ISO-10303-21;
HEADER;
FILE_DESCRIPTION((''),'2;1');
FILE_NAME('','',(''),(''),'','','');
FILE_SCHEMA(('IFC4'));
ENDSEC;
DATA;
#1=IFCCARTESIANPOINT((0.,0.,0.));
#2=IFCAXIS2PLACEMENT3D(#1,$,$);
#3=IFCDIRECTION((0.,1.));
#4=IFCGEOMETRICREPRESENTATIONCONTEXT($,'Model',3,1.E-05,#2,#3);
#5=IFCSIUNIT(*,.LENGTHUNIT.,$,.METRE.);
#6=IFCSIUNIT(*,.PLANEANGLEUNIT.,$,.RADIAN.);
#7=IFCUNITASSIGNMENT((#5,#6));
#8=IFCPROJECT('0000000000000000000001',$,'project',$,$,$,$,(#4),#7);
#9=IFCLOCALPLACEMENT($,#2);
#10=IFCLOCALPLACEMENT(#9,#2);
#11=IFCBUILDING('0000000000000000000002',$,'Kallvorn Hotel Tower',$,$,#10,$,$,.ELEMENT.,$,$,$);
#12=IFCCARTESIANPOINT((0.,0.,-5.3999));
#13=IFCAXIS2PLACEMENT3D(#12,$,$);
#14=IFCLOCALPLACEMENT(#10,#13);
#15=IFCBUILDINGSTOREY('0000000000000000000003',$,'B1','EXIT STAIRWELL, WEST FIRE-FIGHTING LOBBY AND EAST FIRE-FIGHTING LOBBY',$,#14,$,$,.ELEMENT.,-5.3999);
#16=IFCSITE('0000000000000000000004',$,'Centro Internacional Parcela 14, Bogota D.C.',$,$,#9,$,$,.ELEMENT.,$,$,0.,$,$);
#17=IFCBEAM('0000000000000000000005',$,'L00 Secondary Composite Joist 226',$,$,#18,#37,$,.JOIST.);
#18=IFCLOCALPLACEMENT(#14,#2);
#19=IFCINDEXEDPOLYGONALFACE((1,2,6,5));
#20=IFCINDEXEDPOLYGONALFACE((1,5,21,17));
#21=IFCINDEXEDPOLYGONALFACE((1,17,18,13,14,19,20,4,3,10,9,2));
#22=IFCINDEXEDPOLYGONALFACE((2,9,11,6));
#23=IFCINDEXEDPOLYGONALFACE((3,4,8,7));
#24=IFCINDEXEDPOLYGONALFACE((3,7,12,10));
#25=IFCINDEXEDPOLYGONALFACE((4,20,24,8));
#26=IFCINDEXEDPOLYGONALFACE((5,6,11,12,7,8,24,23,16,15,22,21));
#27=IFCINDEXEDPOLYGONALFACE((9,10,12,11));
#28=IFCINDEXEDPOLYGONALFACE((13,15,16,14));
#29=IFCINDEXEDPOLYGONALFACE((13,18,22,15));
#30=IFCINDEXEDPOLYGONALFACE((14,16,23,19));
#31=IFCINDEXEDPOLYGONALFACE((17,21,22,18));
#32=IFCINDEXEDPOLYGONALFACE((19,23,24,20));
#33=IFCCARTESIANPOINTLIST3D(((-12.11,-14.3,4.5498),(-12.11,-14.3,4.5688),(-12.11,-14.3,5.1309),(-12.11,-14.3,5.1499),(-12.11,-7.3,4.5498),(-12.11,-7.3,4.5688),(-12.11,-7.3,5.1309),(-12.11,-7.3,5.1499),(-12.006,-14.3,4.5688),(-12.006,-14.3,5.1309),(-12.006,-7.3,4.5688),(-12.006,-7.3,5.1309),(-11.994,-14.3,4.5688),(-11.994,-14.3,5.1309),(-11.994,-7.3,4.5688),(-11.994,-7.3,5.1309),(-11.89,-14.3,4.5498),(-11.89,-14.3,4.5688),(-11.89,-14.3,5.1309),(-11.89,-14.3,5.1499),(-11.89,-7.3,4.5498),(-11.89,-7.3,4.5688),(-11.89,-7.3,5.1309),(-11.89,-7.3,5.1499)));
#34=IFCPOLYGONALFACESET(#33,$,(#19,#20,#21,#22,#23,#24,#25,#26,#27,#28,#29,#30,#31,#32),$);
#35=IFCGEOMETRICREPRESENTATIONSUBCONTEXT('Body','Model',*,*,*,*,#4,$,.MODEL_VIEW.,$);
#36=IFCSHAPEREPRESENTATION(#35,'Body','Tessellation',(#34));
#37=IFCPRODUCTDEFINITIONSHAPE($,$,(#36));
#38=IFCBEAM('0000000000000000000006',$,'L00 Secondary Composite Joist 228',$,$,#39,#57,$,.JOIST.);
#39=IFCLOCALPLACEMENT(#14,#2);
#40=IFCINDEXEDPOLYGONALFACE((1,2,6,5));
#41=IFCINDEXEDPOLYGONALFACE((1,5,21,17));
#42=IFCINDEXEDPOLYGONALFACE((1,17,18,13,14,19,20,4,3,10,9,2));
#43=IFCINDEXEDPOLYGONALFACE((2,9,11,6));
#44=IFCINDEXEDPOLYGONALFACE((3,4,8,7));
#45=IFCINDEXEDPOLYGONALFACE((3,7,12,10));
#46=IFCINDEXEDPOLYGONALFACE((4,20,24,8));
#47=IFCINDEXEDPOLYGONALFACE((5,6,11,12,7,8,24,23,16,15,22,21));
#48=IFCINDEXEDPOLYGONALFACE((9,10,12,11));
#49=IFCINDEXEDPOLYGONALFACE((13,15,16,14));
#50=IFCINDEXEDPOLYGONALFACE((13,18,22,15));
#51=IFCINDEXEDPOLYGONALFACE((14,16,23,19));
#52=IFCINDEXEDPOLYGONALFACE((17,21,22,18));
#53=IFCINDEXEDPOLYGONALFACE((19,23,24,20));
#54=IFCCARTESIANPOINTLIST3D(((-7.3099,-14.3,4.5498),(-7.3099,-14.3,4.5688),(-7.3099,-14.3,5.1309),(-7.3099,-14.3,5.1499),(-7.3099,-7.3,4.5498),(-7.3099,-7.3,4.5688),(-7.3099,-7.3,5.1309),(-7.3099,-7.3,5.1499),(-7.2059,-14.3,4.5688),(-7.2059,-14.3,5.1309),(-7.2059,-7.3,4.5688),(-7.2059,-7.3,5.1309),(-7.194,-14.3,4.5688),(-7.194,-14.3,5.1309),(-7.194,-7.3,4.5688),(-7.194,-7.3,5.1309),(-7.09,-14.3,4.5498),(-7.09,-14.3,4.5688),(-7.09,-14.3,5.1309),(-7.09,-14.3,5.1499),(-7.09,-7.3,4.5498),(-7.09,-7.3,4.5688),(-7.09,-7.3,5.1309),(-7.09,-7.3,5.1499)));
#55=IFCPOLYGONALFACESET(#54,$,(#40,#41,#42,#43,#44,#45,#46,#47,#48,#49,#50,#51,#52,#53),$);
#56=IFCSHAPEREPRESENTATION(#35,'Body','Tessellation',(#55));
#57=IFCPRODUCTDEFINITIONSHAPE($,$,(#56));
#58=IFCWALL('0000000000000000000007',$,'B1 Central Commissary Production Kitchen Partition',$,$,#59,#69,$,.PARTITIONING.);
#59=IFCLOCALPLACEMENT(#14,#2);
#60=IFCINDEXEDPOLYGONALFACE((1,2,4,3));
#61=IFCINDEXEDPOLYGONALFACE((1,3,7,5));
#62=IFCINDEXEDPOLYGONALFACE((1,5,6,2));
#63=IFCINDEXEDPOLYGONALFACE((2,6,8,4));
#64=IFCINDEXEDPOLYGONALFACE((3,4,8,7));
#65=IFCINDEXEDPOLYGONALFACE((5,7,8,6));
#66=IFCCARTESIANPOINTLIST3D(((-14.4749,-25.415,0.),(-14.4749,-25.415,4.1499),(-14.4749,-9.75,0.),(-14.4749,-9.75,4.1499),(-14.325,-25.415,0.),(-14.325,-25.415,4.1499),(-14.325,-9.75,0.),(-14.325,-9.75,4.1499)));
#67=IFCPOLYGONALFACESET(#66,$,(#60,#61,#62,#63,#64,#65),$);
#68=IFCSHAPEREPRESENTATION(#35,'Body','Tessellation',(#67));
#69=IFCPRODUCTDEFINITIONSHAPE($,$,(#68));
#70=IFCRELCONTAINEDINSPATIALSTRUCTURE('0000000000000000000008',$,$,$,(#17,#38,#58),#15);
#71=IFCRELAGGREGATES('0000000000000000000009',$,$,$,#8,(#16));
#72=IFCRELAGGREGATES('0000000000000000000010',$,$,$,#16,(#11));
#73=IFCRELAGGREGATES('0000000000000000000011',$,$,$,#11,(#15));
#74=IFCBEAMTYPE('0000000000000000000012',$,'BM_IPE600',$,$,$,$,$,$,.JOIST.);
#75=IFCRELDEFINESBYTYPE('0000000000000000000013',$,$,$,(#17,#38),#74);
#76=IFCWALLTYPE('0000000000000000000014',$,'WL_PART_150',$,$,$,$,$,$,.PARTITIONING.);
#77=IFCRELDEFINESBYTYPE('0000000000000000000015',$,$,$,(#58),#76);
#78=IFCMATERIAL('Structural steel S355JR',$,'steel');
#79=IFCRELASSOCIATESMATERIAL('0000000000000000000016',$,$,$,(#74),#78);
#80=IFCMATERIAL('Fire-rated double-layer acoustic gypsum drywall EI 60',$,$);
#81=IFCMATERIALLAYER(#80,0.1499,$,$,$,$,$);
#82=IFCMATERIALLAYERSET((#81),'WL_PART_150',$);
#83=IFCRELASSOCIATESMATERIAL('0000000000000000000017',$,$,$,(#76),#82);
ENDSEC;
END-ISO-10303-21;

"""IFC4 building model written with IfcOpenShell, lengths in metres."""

from ifc_helpers import new_model, si_unit, direction, frame, frame_2d, origin, origin_2d, place, context, subcontext, project, spatial, rectangle, i_section, extrude, material, layer, layer_set, material_profile, profile_set, type_object, element, save


model = new_model("IFC4")

# Units and contexts
model_context = context("Model", 3, precision=1e-05, world=origin(), true_north=direction((0.0, 1.0)))
body_context = subcontext(model_context, "Body", "Model", "MODEL_VIEW")
ifc_project = project(units=[si_unit("LENGTHUNIT", "METRE"), si_unit("PLANEANGLEUNIT", "RADIAN")], contexts=[model_context])

# Site, building, storey
site_placement = place(None, origin())
site = spatial("IfcSite", under=ifc_project, at=site_placement, Name="Centro Internacional Parcela 14, Bogota D.C.", CompositionType="ELEMENT", RefElevation=0.0)
building_placement = place(site_placement, origin())
building = spatial("IfcBuilding", under=site, at=building_placement, Name="Kallvorn Hotel Tower", CompositionType="ELEMENT")
storey_placement = place(building_placement, frame((0.0, 0.0, -5.3999)))
storey = spatial("IfcBuildingStorey", under=building, at=storey_placement, Name="B1", Description="EXIT STAIRWELL, WEST FIRE-FIGHTING LOBBY AND EAST FIRE-FIGHTING LOBBY", CompositionType="ELEMENT", Elevation=-5.3999)

# Beams
ifc_material_1 = material(Name="Structural steel S355JR", Category="steel")
ifc_material_profile_1 = material_profile(ifc_material_1, i_section(OverallWidth=0.22, OverallDepth=0.6001, WebThickness=0.012, FlangeThickness=0.019, at=origin_2d()), Name="IPE 600")
ifc_profile_set_1 = profile_set([ifc_material_profile_1], Name="Structural steel S355JR")
beam_type_1 = type_object("IfcBeamType", Name="BM_IPE600", PredefinedType="JOIST", material=ifc_profile_set_1)
for number, where, z_axis, x_axis, name in (
    (1, (-12.0, -14.3, 4.8499), (0.0, 1.0, 0.0), (-1.0, 0.0, 0.0), "L00 Secondary Composite Joist 226"),
    (2, (-7.2, -14.3, 4.8499), (0.0, 1.0, 0.0), (-1.0, 0.0, 0.0), "L00 Secondary Composite Joist 228"),
):
    element("IfcBeam", number, at=place(storey_placement, frame(where, z_axis=z_axis, x_axis=x_axis)), inside=storey, type_object=beam_type_1, Name=name, PredefinedType="JOIST", context=body_context, shape_type="SweptSolid", body=[
        extrude(i_section(OverallWidth=0.22, OverallDepth=0.6001, WebThickness=0.012, FlangeThickness=0.019, at=origin_2d()), origin(), (0.0, 0.0, 1.0), 7.0),
    ])

# Wall
ifc_material_2 = material(Name="Fire-rated double-layer acoustic gypsum drywall EI 60")
ifc_layer = layer(ifc_material_2, 0.1499)
ifc_layer_set = layer_set([ifc_layer], Name="WL_PART_150")
wall_type = type_object("IfcWallType", Name="WL_PART_150", PredefinedType="PARTITIONING", material=ifc_layer_set)
wall_placement = place(storey_placement, frame((-14.3999, -25.415, 0.0), z_axis=(0.0, 0.0, 1.0), x_axis=(0.0, 1.0, 0.0)))
element("IfcWall", 3, at=wall_placement, inside=storey, type_object=wall_type, Name="B1 Central Commissary Production Kitchen Partition", PredefinedType="PARTITIONING", context=body_context, shape_type="SweptSolid", body=[
    extrude(rectangle(XDim=15.665, YDim=0.1499, at=frame_2d((7.8325, 0.0))), origin(), (0.0, 0.0, 1.0), 4.1499),
])

save(model, "model.ifc")
